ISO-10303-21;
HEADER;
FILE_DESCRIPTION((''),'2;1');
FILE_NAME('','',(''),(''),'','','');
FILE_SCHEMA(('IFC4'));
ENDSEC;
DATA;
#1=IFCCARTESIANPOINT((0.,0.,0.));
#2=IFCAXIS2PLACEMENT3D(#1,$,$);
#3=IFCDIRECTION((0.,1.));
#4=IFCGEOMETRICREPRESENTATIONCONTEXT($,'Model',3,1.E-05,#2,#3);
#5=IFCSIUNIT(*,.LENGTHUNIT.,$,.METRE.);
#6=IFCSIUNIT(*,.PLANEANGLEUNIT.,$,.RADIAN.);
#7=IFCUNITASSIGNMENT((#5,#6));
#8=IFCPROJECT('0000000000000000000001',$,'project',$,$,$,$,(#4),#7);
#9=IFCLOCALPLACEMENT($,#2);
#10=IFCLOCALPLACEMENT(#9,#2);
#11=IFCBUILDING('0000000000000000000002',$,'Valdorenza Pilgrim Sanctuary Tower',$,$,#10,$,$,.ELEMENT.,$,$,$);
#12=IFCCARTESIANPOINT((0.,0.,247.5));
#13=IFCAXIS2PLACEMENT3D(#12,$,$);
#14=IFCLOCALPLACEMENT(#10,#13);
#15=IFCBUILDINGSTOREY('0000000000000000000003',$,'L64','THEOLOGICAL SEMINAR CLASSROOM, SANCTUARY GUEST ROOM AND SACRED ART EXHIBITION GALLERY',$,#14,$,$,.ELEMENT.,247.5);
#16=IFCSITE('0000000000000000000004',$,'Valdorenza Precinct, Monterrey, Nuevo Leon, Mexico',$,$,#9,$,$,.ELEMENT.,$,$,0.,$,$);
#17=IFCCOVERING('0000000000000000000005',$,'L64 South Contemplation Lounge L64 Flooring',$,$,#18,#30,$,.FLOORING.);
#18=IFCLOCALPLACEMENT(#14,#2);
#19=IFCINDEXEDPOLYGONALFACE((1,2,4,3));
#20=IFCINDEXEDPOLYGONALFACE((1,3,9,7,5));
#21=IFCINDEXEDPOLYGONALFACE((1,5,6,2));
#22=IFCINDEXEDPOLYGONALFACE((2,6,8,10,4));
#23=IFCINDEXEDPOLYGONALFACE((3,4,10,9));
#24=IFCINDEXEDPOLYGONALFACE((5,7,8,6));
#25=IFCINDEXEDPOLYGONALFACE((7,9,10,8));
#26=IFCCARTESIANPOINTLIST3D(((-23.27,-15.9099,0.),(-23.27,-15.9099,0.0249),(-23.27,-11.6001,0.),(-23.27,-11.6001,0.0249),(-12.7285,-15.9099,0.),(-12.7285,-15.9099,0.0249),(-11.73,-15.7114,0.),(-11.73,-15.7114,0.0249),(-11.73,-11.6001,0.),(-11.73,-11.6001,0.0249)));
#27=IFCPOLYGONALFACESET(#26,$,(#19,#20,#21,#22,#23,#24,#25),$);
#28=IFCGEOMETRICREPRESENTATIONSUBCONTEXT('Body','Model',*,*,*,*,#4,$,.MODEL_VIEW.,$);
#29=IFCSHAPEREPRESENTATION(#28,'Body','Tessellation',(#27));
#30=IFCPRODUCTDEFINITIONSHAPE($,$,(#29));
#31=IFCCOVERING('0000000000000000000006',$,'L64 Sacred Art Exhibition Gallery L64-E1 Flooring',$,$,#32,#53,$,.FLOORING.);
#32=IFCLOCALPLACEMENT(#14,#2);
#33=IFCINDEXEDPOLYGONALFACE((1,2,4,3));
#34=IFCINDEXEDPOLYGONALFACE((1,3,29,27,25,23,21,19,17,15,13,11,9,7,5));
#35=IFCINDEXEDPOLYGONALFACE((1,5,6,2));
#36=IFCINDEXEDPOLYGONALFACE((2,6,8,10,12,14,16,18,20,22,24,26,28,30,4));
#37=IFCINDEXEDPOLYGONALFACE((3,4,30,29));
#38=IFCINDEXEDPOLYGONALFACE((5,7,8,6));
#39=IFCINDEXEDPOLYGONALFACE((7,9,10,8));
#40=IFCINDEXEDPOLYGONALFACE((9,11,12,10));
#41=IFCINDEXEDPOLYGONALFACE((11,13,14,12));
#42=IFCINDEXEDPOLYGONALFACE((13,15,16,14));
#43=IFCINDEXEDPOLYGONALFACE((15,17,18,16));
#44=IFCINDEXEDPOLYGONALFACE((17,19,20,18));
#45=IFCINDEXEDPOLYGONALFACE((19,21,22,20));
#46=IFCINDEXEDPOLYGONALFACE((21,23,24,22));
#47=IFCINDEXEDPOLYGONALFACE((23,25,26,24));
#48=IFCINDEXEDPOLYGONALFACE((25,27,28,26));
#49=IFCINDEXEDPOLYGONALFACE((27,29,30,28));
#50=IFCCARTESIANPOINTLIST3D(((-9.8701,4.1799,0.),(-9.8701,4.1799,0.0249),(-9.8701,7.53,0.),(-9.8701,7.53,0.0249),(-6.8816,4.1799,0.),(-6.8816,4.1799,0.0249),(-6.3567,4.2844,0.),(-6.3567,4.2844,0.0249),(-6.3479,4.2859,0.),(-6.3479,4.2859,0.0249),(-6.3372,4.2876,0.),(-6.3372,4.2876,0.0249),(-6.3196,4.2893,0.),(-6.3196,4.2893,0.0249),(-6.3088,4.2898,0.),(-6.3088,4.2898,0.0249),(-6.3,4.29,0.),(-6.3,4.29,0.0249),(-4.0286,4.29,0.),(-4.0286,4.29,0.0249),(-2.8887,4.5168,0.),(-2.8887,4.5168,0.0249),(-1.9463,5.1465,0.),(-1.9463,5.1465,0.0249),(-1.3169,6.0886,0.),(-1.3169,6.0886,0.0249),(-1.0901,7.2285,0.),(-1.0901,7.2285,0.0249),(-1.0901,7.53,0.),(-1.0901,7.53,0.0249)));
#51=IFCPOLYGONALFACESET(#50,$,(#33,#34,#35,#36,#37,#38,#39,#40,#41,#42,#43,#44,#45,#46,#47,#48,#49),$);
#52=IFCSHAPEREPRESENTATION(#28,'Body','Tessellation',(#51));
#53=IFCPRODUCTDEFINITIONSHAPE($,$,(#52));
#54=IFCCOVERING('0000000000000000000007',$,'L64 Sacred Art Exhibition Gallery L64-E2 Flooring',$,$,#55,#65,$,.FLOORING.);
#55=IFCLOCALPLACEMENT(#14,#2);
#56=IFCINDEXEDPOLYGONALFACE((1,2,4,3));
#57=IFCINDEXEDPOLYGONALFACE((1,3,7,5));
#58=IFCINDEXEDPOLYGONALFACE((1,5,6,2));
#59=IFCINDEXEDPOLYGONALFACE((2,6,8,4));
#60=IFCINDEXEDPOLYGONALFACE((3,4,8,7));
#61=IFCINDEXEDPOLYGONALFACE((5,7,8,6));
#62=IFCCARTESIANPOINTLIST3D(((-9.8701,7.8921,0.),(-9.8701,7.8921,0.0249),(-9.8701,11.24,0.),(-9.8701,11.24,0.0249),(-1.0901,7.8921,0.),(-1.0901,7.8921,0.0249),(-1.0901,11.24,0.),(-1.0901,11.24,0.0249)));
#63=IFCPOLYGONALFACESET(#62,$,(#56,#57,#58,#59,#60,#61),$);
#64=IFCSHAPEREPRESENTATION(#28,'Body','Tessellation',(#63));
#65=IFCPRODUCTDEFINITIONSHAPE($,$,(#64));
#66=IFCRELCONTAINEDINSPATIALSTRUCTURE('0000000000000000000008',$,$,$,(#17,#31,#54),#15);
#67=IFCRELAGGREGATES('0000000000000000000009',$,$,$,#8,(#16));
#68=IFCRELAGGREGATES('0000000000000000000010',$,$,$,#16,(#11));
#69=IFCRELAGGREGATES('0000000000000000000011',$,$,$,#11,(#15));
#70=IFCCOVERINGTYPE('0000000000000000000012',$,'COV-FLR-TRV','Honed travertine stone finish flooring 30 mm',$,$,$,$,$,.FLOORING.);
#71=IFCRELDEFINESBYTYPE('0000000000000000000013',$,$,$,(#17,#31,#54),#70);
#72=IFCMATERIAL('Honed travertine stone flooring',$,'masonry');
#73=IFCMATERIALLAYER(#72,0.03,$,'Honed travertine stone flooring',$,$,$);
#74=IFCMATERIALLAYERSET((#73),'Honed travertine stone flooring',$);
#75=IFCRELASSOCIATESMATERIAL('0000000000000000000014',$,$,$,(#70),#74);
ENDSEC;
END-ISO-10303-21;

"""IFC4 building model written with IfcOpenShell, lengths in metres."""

from ifc_helpers import new_model, si_unit, direction, frame, origin, place, context, subcontext, project, spatial, polyline, outline, extrude, material, layer, layer_set, type_object, element, save


model = new_model("IFC4")

# Units and contexts
model_context = context("Model", 3, precision=1e-05, world=origin(), true_north=direction((0.0, 1.0)))
body_context = subcontext(model_context, "Body", "Model", "MODEL_VIEW")
ifc_project = project(units=[si_unit("LENGTHUNIT", "METRE"), si_unit("PLANEANGLEUNIT", "RADIAN")], contexts=[model_context])

# Site, building, storey
site_placement = place(None, origin())
site = spatial("IfcSite", under=ifc_project, at=site_placement, Name="Valdorenza Precinct, Monterrey, Nuevo Leon, Mexico", CompositionType="ELEMENT", RefElevation=0.0)
building_placement = place(site_placement, origin())
building = spatial("IfcBuilding", under=site, at=building_placement, Name="Valdorenza Pilgrim Sanctuary Tower", CompositionType="ELEMENT")
storey_placement = place(building_placement, frame((0.0, 0.0, 247.5)))
storey = spatial("IfcBuildingStorey", under=building, at=storey_placement, Name="L64", Description="THEOLOGICAL SEMINAR CLASSROOM, SANCTUARY GUEST ROOM AND SACRED ART EXHIBITION GALLERY", CompositionType="ELEMENT", Elevation=247.5)

# Coverings
ifc_material_1 = material(Name="Honed travertine stone flooring", Category="masonry")
ifc_layer_1 = layer(ifc_material_1, 0.03, Name="Honed travertine stone flooring")
ifc_layer_set_1 = layer_set([ifc_layer_1], Name="Honed travertine stone flooring")
covering_type_1 = type_object("IfcCoveringType", Name="COV-FLR-TRV", Description="Honed travertine stone finish flooring 30 mm", PredefinedType="FLOORING", material=ifc_layer_set_1)
covering_1_placement = place(storey_placement, origin())
element("IfcCovering", 1, at=covering_1_placement, inside=storey, type_object=covering_type_1, Name="L64 South Contemplation Lounge L64 Flooring", PredefinedType="FLOORING", context=body_context, shape_type="SweptSolid", body=[
    extrude(outline(polyline([(-11.73, -11.6001), (-11.73, -15.7114), (-12.7285, -15.9099), (-23.27, -15.9099), (-23.27, -11.6001), (-11.73, -11.6001)])), origin(), (0.0, 0.0, 1.0), 0.0249),
])
covering_2_placement = place(storey_placement, origin())
element("IfcCovering", 2, at=covering_2_placement, inside=storey, type_object=covering_type_1, Name="L64 Sacred Art Exhibition Gallery L64-E1 Flooring", PredefinedType="FLOORING", context=body_context, shape_type="SweptSolid", body=[
    extrude(outline(polyline([(-9.8701, 7.53), (-1.0901, 7.53), (-1.0901, 7.2285), (-1.3169, 6.0886), (-1.9463, 5.1465), (-2.8887, 4.5168), (-4.0286, 4.29), (-6.3, 4.29), (-6.3088, 4.2898), (-6.3196, 4.2893), (-6.3372, 4.2876), (-6.3479, 4.2859), (-6.3567, 4.2844), (-6.8816, 4.1799), (-9.8701, 4.1799), (-9.8701, 7.53)])), origin(), (0.0, 0.0, 1.0), 0.0249),
])
covering_3_placement = place(storey_placement, origin())
element("IfcCovering", 3, at=covering_3_placement, inside=storey, type_object=covering_type_1, Name="L64 Sacred Art Exhibition Gallery L64-E2 Flooring", PredefinedType="FLOORING", context=body_context, shape_type="SweptSolid", body=[
    extrude(outline(polyline([(-9.8701, 11.24), (-1.0901, 11.24), (-1.0901, 7.8921), (-9.8701, 7.8921), (-9.8701, 11.24)])), origin(), (0.0, 0.0, 1.0), 0.0249),
])

save(model, "model.ifc")
